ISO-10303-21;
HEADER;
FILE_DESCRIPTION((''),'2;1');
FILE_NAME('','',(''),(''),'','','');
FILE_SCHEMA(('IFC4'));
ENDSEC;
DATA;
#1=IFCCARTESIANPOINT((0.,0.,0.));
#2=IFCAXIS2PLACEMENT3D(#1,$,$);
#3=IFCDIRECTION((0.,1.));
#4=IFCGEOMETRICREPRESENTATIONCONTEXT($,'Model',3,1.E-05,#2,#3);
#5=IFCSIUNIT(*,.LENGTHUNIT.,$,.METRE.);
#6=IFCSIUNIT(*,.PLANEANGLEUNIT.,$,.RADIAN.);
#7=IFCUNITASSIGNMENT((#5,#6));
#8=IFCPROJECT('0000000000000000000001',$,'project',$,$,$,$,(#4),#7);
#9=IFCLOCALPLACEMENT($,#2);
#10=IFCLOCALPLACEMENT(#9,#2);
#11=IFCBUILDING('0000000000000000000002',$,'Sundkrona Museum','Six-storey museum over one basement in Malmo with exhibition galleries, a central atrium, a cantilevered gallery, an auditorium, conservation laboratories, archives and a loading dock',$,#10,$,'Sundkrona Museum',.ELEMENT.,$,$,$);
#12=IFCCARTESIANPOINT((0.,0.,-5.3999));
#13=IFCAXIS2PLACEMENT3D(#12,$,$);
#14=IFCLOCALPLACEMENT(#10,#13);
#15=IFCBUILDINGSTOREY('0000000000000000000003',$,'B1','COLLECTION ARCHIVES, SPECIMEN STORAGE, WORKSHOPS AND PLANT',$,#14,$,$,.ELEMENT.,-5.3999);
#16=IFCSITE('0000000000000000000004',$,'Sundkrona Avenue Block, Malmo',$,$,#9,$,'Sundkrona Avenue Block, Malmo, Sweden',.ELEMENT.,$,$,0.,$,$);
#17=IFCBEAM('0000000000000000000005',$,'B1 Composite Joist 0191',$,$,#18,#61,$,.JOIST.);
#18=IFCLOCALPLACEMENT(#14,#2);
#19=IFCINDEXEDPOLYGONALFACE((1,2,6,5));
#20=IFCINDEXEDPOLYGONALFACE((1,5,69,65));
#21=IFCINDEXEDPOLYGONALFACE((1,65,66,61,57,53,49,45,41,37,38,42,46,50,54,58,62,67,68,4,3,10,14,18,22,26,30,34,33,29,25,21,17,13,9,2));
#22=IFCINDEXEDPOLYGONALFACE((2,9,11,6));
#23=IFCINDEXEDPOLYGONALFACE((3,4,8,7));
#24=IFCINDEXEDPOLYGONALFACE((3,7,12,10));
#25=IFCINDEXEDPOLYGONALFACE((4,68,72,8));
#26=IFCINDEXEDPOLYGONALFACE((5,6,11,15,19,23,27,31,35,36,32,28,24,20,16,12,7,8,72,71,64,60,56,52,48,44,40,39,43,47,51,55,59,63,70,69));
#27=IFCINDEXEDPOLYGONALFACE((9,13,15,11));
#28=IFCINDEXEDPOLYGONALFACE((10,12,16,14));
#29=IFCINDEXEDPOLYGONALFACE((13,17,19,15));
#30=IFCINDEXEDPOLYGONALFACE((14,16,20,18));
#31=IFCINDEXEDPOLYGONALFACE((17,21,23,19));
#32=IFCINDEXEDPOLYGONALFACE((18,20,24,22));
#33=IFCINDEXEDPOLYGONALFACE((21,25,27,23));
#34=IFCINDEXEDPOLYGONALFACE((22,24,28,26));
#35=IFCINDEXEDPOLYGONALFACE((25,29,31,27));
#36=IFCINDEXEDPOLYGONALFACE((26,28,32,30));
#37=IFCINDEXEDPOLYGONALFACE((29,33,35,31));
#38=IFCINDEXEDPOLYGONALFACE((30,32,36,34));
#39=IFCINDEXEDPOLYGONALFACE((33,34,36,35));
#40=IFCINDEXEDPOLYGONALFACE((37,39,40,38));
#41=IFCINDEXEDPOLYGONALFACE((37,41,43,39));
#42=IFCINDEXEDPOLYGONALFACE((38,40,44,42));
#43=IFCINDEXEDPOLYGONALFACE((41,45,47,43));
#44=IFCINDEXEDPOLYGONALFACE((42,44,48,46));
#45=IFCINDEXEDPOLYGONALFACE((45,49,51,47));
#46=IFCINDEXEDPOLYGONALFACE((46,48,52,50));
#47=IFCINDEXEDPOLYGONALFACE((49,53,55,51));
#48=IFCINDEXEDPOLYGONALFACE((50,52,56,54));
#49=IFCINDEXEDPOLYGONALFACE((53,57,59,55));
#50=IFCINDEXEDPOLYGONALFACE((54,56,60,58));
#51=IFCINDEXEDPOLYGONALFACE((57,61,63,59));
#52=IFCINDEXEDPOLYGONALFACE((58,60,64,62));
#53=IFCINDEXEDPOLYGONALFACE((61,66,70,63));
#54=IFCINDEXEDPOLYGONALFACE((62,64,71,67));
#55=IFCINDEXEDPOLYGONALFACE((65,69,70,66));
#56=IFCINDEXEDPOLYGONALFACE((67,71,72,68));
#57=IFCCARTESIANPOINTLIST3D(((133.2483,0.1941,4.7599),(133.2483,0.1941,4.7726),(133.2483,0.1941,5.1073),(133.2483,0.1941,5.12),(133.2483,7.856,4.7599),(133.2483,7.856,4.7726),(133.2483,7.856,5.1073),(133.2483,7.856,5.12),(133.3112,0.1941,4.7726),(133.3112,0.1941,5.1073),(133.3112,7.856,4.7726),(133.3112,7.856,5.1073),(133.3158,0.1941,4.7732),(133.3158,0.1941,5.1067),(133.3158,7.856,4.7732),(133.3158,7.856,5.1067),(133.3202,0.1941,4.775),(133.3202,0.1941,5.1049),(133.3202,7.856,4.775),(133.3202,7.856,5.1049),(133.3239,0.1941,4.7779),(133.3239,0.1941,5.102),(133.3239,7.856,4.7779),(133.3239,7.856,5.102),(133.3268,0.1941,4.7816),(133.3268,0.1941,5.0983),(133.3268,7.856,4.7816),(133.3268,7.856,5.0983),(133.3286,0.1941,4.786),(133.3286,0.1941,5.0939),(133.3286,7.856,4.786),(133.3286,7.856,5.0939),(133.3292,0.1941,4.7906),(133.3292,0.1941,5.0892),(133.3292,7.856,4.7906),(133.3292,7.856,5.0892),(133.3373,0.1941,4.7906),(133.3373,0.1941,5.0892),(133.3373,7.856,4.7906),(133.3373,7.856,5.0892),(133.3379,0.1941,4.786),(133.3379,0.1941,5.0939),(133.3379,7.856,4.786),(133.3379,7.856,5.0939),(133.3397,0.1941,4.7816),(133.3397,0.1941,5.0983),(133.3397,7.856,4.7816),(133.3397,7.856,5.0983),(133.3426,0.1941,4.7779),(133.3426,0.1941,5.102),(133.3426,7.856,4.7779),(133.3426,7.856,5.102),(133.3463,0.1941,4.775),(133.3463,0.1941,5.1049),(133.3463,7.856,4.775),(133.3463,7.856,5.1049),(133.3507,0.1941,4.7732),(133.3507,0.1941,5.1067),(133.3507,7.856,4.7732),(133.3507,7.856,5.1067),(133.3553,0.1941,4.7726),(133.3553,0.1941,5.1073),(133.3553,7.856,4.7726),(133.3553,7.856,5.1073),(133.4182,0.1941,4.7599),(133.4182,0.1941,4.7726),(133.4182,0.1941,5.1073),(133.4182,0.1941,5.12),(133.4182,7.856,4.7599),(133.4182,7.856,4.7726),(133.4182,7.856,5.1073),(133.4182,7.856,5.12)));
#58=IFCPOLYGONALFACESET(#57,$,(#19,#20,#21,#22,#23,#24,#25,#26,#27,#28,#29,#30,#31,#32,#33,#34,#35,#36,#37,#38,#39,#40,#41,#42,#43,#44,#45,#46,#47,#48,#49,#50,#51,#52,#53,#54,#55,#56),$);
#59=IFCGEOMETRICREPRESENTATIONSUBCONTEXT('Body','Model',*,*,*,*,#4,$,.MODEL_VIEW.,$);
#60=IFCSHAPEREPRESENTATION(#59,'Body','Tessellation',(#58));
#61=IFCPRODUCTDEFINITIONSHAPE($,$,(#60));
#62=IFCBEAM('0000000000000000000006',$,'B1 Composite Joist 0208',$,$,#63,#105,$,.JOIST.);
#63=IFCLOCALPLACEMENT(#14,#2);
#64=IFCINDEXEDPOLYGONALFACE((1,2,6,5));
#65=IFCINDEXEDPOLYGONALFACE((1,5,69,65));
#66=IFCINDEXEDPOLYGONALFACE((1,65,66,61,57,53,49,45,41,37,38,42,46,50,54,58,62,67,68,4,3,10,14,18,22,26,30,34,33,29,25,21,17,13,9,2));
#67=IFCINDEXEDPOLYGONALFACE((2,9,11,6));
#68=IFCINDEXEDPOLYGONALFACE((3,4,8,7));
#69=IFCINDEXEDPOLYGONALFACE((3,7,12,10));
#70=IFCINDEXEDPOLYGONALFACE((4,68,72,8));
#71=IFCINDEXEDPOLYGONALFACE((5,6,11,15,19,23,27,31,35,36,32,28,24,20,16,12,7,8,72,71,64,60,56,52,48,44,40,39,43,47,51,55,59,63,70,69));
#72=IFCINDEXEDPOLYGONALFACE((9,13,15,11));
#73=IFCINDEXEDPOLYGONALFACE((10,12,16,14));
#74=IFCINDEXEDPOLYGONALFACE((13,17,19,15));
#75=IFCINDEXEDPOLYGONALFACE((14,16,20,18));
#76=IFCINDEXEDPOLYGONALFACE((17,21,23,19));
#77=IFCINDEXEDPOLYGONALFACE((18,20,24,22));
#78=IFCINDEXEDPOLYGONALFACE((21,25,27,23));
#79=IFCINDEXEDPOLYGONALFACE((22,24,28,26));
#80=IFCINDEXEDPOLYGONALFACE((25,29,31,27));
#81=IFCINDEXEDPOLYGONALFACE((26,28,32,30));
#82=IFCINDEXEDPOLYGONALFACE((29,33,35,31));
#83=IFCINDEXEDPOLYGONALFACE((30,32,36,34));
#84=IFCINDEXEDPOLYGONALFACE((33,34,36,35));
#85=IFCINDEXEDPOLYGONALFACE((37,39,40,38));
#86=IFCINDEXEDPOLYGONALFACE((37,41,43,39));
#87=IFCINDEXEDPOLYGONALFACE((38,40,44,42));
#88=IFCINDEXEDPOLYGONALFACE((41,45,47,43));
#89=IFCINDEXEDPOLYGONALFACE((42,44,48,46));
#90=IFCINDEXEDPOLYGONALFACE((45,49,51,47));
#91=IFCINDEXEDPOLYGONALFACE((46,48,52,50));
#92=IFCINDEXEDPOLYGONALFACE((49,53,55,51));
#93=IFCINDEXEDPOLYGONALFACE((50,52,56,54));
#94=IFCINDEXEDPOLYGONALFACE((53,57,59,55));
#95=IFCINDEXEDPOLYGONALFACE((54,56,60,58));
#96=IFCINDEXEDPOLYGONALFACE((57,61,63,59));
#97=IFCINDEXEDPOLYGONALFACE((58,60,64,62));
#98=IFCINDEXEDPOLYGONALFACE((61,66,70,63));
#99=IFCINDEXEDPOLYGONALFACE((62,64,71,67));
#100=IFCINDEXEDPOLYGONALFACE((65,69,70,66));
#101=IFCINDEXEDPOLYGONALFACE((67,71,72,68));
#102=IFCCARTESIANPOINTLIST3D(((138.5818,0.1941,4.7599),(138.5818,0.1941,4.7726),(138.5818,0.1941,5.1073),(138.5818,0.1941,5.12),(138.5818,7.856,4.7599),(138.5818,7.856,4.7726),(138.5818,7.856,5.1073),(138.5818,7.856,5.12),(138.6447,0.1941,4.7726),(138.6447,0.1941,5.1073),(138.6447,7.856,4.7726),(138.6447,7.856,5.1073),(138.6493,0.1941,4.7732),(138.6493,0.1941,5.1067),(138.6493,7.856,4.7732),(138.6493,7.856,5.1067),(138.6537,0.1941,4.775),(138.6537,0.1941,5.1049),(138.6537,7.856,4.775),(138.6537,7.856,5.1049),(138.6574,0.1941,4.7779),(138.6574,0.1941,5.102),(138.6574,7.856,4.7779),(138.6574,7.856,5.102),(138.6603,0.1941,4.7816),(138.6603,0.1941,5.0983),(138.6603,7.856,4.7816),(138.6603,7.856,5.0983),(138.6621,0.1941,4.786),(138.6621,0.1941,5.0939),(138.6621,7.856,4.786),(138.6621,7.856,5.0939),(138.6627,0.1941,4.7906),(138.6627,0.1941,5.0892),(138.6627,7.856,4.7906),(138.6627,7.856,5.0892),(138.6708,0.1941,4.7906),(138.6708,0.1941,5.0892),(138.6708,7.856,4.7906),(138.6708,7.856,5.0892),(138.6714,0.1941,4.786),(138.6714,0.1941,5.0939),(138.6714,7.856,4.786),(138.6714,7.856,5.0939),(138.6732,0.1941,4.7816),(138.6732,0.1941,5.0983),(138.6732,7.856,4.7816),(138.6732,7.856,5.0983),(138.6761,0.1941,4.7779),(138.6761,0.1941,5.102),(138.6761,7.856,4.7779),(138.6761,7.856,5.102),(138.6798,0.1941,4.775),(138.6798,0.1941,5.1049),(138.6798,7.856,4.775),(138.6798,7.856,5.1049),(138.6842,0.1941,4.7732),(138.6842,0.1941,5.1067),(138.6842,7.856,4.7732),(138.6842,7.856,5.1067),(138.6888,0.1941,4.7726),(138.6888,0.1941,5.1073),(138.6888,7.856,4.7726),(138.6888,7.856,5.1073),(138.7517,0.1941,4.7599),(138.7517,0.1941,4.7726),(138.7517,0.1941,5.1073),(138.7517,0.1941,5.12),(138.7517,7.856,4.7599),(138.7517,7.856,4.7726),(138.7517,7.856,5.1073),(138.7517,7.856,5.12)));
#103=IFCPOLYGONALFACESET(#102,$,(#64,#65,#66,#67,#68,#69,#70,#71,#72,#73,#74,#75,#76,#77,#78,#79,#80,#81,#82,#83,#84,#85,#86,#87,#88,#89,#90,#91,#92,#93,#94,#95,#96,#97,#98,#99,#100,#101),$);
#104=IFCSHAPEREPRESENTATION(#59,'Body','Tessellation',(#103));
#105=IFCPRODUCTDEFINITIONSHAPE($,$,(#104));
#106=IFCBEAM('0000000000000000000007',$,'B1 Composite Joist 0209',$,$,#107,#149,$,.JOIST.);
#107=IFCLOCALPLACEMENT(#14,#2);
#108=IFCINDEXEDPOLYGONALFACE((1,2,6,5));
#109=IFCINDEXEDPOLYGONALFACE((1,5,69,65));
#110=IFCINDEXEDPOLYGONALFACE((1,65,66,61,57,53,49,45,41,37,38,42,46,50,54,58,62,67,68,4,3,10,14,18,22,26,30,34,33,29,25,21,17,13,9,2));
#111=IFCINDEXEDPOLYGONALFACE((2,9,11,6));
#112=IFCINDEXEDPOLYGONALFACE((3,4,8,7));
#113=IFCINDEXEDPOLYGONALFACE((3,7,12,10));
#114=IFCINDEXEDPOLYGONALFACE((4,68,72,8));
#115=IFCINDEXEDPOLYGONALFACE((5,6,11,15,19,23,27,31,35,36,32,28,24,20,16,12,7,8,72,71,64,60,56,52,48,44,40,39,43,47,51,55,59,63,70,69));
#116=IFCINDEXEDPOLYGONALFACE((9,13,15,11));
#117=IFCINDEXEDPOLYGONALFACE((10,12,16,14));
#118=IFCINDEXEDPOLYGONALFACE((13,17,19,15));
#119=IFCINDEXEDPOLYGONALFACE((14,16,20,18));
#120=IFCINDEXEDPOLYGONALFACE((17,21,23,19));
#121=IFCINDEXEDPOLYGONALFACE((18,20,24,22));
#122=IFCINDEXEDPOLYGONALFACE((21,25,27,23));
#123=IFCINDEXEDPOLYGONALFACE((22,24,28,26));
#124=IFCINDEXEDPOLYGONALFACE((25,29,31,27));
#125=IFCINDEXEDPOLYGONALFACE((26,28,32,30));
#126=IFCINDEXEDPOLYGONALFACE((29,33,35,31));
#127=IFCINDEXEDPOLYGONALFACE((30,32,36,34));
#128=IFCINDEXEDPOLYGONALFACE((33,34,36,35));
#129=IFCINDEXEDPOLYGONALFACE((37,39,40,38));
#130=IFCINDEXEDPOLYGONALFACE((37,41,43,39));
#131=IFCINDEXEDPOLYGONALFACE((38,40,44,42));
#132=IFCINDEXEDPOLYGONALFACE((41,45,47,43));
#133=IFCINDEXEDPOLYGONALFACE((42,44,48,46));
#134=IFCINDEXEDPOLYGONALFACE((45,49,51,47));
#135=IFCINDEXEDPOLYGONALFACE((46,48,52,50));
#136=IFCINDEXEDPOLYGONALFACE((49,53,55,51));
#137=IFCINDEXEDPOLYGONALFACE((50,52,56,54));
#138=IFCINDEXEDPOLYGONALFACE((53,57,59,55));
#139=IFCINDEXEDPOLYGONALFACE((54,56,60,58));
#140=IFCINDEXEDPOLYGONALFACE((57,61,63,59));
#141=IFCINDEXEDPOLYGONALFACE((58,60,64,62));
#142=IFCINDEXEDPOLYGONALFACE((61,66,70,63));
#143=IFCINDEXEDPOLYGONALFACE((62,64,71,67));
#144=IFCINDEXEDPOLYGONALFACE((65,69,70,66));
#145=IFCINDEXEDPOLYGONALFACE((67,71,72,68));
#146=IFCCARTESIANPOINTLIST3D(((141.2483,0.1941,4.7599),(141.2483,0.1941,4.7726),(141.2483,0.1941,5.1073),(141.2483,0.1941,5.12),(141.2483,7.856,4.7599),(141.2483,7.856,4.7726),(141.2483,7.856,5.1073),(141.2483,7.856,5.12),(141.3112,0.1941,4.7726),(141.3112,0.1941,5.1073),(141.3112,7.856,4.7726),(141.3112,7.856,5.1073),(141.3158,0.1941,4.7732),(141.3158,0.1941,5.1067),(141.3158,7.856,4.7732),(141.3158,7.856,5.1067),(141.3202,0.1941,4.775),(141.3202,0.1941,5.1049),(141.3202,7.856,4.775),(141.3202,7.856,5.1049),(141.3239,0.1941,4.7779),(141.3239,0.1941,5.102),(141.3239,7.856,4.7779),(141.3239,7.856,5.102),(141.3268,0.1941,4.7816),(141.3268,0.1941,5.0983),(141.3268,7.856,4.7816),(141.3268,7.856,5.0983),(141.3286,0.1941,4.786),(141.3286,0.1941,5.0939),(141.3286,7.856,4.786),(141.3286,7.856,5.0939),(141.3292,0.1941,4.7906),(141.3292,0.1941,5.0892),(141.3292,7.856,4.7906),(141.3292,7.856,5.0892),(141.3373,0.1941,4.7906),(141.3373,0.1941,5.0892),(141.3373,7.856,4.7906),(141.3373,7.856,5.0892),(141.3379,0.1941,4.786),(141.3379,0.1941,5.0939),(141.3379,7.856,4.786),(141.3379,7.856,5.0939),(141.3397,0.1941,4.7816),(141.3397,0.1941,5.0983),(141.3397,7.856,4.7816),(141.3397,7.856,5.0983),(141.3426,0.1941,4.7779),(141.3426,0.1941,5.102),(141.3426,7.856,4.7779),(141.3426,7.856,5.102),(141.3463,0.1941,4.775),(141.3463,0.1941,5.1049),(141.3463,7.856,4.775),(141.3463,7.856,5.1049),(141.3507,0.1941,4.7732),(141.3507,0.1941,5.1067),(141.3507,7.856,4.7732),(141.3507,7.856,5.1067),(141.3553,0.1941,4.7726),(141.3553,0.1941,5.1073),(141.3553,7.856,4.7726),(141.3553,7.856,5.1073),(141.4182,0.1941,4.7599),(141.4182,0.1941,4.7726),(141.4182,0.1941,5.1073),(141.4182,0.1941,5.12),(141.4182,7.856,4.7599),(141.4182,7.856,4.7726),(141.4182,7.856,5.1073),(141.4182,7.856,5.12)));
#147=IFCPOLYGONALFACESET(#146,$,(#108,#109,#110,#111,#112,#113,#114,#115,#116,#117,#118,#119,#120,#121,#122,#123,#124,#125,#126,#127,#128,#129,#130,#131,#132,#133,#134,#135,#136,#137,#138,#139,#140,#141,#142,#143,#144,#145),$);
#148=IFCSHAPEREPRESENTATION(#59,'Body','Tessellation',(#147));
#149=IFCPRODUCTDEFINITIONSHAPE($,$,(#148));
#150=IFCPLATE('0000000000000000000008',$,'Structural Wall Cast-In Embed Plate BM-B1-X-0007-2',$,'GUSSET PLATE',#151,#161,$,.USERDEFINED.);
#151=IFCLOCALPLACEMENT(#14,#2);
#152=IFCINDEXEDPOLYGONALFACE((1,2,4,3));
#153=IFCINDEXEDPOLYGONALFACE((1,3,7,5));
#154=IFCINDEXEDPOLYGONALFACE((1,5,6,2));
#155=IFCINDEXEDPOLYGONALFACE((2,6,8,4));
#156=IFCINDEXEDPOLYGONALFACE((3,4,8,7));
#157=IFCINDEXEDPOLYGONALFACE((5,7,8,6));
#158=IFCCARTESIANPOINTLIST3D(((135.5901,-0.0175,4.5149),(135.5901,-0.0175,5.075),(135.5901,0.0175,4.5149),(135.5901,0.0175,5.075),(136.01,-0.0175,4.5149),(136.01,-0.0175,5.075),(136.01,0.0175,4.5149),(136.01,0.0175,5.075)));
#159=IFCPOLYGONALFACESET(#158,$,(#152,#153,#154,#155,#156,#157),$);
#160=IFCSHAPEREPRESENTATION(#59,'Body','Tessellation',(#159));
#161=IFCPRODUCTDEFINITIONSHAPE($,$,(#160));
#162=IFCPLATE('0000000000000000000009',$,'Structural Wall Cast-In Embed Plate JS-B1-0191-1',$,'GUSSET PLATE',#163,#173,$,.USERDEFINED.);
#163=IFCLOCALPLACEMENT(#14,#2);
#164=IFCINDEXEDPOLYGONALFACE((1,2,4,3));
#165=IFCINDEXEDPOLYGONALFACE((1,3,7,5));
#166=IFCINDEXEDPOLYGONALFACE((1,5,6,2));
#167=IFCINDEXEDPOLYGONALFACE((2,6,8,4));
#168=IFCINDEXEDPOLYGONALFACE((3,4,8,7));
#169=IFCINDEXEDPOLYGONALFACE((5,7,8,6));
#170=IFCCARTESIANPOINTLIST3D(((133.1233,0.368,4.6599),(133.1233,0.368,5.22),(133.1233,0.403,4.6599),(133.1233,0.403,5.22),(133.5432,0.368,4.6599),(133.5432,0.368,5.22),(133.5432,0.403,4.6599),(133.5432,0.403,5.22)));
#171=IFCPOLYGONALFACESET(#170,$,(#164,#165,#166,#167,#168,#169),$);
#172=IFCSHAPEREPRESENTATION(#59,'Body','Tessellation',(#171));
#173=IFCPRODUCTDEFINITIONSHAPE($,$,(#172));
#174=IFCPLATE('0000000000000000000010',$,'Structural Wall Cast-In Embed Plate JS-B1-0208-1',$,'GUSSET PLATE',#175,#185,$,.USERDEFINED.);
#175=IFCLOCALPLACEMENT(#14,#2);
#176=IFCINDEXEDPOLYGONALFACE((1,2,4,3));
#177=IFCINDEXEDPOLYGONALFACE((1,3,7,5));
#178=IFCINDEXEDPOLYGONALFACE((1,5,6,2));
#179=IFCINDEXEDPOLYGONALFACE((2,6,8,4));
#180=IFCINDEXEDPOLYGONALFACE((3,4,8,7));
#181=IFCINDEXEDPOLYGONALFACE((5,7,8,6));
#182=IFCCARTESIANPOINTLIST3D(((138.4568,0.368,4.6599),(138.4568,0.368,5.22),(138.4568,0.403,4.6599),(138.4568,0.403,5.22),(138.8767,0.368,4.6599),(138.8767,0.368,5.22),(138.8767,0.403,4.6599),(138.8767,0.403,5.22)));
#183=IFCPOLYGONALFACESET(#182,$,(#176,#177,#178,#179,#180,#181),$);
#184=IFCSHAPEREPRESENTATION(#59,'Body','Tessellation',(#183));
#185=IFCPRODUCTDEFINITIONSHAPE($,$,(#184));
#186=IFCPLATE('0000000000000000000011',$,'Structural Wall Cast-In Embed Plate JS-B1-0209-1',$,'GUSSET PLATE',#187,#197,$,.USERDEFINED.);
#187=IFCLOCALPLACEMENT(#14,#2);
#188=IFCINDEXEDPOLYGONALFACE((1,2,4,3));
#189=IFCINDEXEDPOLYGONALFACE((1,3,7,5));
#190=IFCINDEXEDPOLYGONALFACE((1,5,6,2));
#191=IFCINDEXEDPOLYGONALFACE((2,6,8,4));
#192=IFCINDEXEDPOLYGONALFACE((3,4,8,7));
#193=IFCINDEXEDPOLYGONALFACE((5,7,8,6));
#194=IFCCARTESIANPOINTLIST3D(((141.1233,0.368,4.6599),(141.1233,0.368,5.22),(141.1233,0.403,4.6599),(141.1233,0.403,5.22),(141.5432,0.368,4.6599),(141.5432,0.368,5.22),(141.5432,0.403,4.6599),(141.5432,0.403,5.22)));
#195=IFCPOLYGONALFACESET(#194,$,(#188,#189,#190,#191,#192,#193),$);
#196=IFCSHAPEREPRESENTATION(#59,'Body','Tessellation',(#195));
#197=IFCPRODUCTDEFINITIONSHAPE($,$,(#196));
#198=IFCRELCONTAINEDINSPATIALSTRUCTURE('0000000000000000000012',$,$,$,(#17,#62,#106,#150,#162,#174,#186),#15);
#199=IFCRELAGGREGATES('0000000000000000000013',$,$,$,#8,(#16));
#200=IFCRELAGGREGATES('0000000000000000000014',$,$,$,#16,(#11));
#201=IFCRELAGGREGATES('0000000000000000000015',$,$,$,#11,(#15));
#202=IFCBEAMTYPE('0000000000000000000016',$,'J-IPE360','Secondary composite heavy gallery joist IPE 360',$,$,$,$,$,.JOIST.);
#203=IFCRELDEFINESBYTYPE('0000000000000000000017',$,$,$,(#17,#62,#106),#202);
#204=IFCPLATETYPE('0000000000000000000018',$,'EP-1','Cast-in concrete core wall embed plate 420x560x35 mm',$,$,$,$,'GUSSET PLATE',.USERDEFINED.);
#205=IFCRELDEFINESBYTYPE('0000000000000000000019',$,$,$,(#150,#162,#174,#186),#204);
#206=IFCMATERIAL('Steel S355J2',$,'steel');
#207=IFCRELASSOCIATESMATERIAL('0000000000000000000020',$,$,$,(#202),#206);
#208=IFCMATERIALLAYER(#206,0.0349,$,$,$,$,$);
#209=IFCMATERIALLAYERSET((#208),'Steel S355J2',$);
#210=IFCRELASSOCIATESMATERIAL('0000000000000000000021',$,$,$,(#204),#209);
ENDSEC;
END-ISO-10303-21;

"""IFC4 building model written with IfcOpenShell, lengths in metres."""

from ifc_helpers import new_model, si_unit, direction, frame, origin, origin_2d, place, context, subcontext, project, spatial, rectangle, i_section, extrude, material, layer, layer_set, material_profile, profile_set, type_object, element, save


model = new_model("IFC4")

# Units and contexts
model_context = context("Model", 3, precision=1e-05, world=origin(), true_north=direction((0.0, 1.0)))
body_context = subcontext(model_context, "Body", "Model", "MODEL_VIEW")
ifc_project = project(units=[si_unit("LENGTHUNIT", "METRE"), si_unit("PLANEANGLEUNIT", "RADIAN")], contexts=[model_context])

# Site, building, storey
site_placement = place(None, origin())
site = spatial("IfcSite", under=ifc_project, at=site_placement, Name="Sundkrona Avenue Block, Malmo", LongName="Sundkrona Avenue Block, Malmo, Sweden", CompositionType="ELEMENT", RefElevation=0.0)
building_placement = place(site_placement, origin())
building = spatial("IfcBuilding", under=site, at=building_placement, Name="Sundkrona Museum", Description="Six-storey museum over one basement in Malmo with exhibition galleries, a central atrium, a cantilevered gallery, an auditorium, conservation laboratories, archives and a loading dock", LongName="Sundkrona Museum", CompositionType="ELEMENT")
storey_placement = place(building_placement, frame((0.0, 0.0, -5.3999)))
storey = spatial("IfcBuildingStorey", under=building, at=storey_placement, Name="B1", Description="COLLECTION ARCHIVES, SPECIMEN STORAGE, WORKSHOPS AND PLANT", CompositionType="ELEMENT", Elevation=-5.3999)

# Beams
ifc_material_1 = material(Name="Steel S355J2", Category="steel")
ifc_material_profile_1 = material_profile(ifc_material_1, i_section(OverallWidth=0.1699, OverallDepth=0.3601, WebThickness=0.0081, FlangeThickness=0.0127, FilletRadius=0.0181, at=origin_2d()), Name="IPE 360")
ifc_profile_set_1 = profile_set([ifc_material_profile_1], Name="Steel S355J2")
beam_type_1 = type_object("IfcBeamType", Name="J-IPE360", Description="Secondary composite heavy gallery joist IPE 360", PredefinedType="JOIST", material=ifc_profile_set_1)
for number, where, z_axis, x_axis, name in (
    (1, (133.3333, 0.1941, 4.9399), (0.0, 1.0, 0.0), (-1.0, 0.0, 0.0), "B1 Composite Joist 0191"),
    (2, (138.6667, 0.1941, 4.9399), (0.0, 1.0, 0.0), (-1.0, 0.0, 0.0), "B1 Composite Joist 0208"),
    (3, (141.3333, 0.1941, 4.9399), (0.0, 1.0, 0.0), (-1.0, 0.0, 0.0), "B1 Composite Joist 0209"),
):
    element("IfcBeam", number, at=place(storey_placement, frame(where, z_axis=z_axis, x_axis=x_axis)), inside=storey, type_object=beam_type_1, Name=name, PredefinedType="JOIST", context=body_context, shape_type="SweptSolid", body=[
        extrude(i_section(OverallWidth=0.1699, OverallDepth=0.3601, WebThickness=0.0081, FlangeThickness=0.0127, FilletRadius=0.0181, at=origin_2d()), origin(), (0.0, 0.0, 1.0), 7.6619),
    ])

# Plates
ifc_layer = layer(ifc_material_1, 0.0349)
ifc_layer_set = layer_set([ifc_layer], Name="Steel S355J2")
plate_type = type_object("IfcPlateType", Name="EP-1", Description="Cast-in concrete core wall embed plate 420x560x35 mm", ElementType="GUSSET PLATE", PredefinedType="USERDEFINED", material=ifc_layer_set)
for number, where, z_axis, x_axis, name in (
    (4, (135.8, 0.0, 4.5149), (0.0, 0.0, 1.0), (1.0, 0.0, 0.0), "Structural Wall Cast-In Embed Plate BM-B1-X-0007-2"),
    (5, (133.3333, 0.3855, 4.6599), (0.0, 0.0, 1.0), (1.0, 0.0, 0.0), "Structural Wall Cast-In Embed Plate JS-B1-0191-1"),
    (6, (138.6667, 0.3855, 4.6599), (0.0, 0.0, 1.0), (1.0, 0.0, 0.0), "Structural Wall Cast-In Embed Plate JS-B1-0208-1"),
    (7, (141.3333, 0.3855, 4.6599), (0.0, 0.0, 1.0), (1.0, 0.0, 0.0), "Structural Wall Cast-In Embed Plate JS-B1-0209-1"),
):
    element("IfcPlate", number, at=place(storey_placement, frame(where, z_axis=z_axis, x_axis=x_axis)), inside=storey, type_object=plate_type, Name=name, ObjectType="GUSSET PLATE", PredefinedType="USERDEFINED", context=body_context, shape_type="SweptSolid", body=[
        extrude(rectangle(XDim=0.4199, YDim=0.0349, at=origin_2d()), origin(), (0.0, 0.0, 1.0), 0.5601),
    ])

save(model, "model.ifc")
